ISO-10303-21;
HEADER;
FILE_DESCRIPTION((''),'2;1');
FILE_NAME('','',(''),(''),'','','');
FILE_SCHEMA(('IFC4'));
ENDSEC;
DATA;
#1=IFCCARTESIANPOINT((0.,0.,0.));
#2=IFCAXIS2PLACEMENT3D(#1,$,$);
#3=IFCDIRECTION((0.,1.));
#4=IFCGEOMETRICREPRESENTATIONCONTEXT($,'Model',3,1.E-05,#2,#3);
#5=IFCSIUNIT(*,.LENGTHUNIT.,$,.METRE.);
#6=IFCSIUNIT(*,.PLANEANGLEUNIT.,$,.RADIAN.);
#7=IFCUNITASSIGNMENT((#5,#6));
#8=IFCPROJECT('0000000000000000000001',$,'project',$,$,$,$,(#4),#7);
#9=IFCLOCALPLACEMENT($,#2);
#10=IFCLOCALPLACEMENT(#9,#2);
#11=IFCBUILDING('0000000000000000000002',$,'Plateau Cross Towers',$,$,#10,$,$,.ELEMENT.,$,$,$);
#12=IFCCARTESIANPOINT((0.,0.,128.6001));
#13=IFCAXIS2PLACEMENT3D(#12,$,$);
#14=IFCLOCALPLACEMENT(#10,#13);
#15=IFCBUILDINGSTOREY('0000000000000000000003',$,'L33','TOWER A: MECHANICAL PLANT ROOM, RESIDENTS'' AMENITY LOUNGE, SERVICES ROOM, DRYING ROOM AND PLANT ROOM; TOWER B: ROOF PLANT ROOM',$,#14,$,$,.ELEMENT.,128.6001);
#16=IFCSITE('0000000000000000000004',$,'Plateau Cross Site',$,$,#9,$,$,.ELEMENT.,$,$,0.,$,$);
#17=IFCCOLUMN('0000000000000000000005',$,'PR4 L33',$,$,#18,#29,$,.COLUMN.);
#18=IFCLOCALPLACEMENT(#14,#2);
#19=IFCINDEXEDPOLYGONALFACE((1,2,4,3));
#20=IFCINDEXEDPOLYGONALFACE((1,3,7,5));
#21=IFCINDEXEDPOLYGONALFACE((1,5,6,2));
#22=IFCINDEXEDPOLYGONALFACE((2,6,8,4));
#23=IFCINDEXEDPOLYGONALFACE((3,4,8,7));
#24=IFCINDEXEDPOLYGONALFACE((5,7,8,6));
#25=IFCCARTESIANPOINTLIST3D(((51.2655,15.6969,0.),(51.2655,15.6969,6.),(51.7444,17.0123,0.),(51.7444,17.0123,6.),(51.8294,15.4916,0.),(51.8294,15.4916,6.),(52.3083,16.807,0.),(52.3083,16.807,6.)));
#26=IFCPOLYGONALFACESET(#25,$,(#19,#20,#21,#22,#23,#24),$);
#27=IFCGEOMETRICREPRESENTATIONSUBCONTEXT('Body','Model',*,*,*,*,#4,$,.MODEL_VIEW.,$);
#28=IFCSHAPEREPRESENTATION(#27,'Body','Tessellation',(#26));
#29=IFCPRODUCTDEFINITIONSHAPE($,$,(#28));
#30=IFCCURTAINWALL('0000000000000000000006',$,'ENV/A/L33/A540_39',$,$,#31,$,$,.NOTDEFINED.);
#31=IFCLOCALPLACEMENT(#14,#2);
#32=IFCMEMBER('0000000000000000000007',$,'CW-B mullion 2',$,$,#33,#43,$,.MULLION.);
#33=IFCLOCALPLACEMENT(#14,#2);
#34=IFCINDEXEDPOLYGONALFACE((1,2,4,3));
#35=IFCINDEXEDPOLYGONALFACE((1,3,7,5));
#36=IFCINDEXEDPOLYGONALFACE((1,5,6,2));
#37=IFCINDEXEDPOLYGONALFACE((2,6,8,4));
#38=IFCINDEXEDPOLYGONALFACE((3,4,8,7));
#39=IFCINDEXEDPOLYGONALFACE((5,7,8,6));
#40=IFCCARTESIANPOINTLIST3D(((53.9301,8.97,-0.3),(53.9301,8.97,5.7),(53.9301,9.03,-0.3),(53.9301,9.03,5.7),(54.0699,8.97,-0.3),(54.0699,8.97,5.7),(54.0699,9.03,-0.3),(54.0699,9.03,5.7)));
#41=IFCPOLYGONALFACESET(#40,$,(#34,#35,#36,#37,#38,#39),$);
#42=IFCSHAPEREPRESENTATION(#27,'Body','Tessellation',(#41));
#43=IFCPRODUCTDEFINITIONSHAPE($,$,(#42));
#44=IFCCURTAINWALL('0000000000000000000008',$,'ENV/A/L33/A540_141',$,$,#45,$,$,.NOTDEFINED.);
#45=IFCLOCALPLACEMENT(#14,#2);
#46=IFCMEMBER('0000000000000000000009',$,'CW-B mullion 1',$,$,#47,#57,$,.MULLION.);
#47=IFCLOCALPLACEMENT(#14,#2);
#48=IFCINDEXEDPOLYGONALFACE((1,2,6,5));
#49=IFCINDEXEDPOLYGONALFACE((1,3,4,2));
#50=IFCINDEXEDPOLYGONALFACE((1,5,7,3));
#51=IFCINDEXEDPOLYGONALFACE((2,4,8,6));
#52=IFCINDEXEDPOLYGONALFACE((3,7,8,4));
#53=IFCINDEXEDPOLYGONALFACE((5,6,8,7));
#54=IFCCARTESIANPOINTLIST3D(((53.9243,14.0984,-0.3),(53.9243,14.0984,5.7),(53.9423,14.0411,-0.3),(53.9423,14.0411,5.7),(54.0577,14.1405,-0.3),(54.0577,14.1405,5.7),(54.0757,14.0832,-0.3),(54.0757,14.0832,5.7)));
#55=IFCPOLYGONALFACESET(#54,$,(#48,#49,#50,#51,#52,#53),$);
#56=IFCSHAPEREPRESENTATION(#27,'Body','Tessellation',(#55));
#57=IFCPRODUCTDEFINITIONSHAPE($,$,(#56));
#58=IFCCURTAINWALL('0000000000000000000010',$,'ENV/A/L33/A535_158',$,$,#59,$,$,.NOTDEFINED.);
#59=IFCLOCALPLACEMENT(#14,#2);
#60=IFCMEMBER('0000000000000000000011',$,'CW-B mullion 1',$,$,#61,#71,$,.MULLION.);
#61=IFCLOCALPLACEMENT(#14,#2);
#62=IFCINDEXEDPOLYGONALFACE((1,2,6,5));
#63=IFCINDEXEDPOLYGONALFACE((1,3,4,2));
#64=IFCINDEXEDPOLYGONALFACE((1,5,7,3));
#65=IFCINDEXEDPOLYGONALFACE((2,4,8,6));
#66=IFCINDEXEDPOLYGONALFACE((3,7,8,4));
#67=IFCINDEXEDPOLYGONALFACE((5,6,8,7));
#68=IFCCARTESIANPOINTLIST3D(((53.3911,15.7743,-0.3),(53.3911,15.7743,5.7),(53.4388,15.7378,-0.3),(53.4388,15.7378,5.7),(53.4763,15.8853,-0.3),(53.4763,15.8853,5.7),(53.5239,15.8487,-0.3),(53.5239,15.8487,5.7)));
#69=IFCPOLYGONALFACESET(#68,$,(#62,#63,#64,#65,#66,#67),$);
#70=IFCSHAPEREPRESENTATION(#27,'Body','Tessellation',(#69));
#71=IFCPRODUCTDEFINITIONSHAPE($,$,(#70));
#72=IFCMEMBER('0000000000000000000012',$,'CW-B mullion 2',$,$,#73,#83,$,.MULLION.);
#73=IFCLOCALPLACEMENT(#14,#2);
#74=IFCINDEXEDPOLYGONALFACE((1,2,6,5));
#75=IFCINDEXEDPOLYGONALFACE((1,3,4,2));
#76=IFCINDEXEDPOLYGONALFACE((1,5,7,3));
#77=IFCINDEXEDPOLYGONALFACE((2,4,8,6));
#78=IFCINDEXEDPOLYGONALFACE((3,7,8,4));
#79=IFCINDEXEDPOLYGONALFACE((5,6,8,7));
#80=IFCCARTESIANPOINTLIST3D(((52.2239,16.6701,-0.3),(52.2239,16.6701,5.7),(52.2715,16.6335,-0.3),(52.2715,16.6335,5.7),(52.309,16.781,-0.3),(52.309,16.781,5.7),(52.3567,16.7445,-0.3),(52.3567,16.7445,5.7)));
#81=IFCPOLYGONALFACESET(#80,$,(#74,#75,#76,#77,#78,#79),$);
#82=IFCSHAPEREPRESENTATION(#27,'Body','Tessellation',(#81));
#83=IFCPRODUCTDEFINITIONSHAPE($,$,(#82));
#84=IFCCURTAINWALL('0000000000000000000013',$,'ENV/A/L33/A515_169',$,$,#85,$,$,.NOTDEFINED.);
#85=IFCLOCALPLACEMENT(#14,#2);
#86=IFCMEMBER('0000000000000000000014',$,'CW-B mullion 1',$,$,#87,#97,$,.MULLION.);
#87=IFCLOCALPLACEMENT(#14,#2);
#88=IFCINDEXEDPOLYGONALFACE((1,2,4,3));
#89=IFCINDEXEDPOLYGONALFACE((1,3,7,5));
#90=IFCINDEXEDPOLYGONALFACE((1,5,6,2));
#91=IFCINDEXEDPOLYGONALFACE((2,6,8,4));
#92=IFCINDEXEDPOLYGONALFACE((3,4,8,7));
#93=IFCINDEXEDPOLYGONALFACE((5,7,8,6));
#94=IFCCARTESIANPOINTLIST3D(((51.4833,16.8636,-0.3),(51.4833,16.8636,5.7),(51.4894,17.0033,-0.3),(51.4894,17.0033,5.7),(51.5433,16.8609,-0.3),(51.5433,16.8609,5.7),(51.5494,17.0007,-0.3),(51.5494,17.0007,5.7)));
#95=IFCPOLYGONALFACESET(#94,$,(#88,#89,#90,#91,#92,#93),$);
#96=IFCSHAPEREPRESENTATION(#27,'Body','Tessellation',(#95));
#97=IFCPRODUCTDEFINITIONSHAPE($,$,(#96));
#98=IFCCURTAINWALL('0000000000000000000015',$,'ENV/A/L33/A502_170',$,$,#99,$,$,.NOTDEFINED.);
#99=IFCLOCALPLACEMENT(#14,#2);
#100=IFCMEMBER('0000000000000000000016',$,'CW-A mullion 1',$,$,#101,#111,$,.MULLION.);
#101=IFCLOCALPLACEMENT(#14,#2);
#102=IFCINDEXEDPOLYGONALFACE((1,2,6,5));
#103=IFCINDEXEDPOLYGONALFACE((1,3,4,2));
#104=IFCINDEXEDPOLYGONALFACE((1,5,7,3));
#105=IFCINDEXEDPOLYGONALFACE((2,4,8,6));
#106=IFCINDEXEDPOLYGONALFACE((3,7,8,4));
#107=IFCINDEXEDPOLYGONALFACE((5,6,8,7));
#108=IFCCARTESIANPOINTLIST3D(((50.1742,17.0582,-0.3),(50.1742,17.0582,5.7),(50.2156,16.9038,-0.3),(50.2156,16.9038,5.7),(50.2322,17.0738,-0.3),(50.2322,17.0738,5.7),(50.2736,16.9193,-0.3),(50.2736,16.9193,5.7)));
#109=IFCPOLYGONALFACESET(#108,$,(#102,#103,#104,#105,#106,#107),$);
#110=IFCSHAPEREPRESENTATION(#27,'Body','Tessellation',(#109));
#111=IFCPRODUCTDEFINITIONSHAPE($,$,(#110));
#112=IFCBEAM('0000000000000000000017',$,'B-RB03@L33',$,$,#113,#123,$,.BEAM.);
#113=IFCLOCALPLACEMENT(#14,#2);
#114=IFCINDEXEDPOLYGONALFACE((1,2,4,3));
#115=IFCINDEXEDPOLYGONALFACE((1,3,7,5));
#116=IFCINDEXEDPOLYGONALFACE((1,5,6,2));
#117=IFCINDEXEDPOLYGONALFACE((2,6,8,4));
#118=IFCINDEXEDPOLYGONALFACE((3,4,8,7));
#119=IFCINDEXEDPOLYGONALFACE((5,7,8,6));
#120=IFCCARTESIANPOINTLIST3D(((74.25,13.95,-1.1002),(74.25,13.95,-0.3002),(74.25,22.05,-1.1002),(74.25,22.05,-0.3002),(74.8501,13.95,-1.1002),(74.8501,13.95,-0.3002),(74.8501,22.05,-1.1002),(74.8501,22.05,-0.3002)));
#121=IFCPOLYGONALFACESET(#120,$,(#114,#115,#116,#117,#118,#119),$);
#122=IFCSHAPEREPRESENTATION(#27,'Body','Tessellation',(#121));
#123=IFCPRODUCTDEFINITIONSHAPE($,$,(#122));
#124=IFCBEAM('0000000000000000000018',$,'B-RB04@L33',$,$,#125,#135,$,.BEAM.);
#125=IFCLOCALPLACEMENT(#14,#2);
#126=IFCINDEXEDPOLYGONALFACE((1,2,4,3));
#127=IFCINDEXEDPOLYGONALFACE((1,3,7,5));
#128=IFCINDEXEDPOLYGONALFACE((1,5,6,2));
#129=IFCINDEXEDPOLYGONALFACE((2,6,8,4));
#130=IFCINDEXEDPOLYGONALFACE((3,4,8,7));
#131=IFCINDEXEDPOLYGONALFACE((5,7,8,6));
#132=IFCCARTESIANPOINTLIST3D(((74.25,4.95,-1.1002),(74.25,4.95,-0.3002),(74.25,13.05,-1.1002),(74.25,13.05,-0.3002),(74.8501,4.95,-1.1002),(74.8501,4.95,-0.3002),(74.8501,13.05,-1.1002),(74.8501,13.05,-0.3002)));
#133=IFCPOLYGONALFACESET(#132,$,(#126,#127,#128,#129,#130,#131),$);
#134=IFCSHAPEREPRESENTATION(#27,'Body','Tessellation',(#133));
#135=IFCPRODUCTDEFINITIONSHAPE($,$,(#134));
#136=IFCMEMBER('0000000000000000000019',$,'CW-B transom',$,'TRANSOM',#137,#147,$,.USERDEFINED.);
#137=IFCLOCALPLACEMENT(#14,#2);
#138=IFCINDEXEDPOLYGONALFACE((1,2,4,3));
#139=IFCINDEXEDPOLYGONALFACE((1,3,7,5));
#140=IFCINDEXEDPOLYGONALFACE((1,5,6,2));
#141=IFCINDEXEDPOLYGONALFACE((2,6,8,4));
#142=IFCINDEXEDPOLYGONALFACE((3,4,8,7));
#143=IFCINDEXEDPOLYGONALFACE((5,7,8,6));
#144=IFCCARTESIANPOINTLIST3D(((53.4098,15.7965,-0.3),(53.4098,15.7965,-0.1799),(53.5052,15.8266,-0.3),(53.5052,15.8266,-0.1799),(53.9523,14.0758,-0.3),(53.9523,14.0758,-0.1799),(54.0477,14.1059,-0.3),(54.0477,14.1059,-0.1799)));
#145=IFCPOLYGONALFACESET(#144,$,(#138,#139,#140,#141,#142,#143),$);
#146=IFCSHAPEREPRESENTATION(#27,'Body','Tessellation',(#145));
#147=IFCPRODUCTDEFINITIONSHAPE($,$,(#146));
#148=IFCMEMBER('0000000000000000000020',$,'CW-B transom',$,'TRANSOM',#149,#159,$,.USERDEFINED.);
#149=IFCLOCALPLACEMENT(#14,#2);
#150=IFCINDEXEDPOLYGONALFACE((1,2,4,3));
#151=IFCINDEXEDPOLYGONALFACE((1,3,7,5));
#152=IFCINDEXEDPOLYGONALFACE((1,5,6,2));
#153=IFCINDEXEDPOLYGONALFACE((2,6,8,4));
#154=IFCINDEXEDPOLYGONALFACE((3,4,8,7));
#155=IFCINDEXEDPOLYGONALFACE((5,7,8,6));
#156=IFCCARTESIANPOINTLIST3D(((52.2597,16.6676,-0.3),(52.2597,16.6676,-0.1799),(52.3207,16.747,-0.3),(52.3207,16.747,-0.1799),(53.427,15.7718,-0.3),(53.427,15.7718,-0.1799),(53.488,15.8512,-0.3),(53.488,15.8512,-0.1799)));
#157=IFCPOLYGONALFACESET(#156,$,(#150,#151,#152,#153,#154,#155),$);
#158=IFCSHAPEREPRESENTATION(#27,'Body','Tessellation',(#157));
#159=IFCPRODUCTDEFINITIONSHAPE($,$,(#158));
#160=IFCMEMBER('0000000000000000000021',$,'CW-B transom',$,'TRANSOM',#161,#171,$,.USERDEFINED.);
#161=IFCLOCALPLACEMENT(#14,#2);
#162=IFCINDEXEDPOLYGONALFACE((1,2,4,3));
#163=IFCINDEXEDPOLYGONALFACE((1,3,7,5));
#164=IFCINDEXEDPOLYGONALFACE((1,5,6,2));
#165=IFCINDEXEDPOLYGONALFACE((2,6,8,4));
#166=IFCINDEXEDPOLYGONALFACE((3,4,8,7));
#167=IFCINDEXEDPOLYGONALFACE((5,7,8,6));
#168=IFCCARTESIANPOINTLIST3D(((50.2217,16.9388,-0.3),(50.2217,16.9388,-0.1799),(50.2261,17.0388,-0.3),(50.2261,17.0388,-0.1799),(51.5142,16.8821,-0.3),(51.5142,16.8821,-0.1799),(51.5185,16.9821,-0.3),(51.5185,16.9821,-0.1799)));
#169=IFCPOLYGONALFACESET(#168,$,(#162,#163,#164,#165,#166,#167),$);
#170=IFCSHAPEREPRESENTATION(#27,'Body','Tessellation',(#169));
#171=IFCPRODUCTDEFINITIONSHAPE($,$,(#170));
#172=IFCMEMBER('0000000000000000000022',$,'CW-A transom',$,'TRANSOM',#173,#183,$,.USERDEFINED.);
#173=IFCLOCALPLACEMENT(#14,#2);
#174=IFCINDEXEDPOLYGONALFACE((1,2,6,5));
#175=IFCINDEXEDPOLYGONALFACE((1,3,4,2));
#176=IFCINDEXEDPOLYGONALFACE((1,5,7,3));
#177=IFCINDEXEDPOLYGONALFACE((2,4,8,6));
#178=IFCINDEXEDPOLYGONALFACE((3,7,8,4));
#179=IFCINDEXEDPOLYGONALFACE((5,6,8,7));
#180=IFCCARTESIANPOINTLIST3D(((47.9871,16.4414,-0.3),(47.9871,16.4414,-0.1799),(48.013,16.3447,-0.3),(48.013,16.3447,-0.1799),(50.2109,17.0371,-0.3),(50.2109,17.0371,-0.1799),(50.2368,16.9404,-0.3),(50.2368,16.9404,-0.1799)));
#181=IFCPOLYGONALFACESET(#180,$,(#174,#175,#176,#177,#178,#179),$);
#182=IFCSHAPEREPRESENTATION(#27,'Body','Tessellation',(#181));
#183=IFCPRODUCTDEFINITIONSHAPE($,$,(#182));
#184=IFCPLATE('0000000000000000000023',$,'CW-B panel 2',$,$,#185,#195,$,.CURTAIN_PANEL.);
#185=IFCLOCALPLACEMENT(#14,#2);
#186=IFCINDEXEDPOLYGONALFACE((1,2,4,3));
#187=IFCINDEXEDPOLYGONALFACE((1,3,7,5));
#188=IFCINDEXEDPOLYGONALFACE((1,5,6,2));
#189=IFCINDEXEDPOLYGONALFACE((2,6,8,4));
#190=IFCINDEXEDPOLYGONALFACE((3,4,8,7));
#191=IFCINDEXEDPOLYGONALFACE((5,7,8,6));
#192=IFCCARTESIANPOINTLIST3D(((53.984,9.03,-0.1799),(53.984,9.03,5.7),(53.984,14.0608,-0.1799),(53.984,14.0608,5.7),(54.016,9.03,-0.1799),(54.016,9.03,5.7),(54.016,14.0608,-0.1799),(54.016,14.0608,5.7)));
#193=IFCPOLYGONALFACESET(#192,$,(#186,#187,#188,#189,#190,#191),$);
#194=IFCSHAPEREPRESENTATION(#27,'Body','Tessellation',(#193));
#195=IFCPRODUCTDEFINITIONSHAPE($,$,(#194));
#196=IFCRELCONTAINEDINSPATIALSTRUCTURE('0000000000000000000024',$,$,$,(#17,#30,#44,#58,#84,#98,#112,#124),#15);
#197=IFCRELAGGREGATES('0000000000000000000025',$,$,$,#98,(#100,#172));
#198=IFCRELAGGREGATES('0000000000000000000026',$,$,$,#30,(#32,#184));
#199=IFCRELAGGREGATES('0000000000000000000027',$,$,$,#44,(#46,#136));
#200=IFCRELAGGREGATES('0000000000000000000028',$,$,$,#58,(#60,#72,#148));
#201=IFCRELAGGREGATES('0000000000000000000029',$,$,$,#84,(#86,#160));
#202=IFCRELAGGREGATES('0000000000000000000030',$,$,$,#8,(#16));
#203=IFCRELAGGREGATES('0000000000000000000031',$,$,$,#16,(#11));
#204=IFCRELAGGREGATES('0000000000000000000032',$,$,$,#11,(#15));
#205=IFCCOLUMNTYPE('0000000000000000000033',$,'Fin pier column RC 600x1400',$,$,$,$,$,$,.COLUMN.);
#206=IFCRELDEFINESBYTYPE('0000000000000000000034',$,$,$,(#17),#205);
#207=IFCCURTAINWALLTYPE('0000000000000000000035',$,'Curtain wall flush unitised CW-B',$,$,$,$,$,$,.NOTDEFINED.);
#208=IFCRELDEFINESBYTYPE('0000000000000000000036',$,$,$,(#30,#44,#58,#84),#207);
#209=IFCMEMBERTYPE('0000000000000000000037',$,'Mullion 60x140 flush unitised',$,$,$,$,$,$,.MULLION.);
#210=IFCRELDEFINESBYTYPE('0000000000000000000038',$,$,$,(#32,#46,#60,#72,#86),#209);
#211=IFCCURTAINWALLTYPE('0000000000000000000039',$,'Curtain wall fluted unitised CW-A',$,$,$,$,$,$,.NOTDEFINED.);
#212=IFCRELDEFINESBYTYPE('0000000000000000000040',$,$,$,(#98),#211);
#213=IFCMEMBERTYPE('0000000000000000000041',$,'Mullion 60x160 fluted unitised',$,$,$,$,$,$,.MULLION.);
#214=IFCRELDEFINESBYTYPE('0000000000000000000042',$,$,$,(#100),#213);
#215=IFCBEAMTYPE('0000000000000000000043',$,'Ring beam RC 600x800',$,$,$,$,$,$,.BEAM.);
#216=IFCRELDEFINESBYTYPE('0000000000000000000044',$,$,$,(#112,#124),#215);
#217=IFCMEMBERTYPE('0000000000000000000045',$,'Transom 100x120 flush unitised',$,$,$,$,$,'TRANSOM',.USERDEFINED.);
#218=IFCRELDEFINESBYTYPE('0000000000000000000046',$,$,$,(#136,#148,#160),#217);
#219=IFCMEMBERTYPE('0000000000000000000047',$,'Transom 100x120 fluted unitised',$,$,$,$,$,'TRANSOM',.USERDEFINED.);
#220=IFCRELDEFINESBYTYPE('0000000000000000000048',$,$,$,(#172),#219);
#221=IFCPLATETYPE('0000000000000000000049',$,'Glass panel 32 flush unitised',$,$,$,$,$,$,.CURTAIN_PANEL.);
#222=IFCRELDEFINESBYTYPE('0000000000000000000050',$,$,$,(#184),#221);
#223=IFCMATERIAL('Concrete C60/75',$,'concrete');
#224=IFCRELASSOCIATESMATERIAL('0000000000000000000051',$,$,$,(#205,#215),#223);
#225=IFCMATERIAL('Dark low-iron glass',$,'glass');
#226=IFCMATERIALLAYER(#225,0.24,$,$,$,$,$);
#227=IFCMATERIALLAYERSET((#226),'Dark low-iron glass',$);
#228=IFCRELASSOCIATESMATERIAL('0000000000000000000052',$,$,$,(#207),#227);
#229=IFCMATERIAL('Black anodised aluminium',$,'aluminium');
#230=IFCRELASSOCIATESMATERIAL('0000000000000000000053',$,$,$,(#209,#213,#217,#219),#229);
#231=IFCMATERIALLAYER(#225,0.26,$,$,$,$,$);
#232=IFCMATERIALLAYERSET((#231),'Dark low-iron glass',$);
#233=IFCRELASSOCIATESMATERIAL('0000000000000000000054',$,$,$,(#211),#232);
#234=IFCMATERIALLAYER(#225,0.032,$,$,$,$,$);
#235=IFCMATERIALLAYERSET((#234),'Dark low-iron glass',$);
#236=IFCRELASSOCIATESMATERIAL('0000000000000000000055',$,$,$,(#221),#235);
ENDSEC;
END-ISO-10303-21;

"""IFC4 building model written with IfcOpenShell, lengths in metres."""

from ifc_helpers import new_model, si_unit, direction, frame, origin, origin_2d, place, context, subcontext, project, spatial, rectangle, extrude, material, layer, layer_set, material_profile, profile_set, type_object, element, aggregate, save


model = new_model("IFC4")

# Units and contexts
model_context = context("Model", 3, precision=1e-05, world=origin(), true_north=direction((0.0, 1.0)))
body_context = subcontext(model_context, "Body", "Model", "MODEL_VIEW")
ifc_project = project(units=[si_unit("LENGTHUNIT", "METRE"), si_unit("PLANEANGLEUNIT", "RADIAN")], contexts=[model_context])

# Site, building, storey
site_placement = place(None, origin())
site = spatial("IfcSite", under=ifc_project, at=site_placement, Name="Plateau Cross Site", CompositionType="ELEMENT", RefElevation=0.0)
building_placement = place(site_placement, origin())
building = spatial("IfcBuilding", under=site, at=building_placement, Name="Plateau Cross Towers", CompositionType="ELEMENT")
storey_placement = place(building_placement, frame((0.0, 0.0, 128.6001)))
storey = spatial("IfcBuildingStorey", under=building, at=storey_placement, Name="L33", Description="TOWER A: MECHANICAL PLANT ROOM, RESIDENTS' AMENITY LOUNGE, SERVICES ROOM, DRYING ROOM AND PLANT ROOM; TOWER B: ROOF PLANT ROOM", CompositionType="ELEMENT", Elevation=128.6001)

# Column
ifc_material_1 = material(Name="Concrete C60/75", Category="concrete")
ifc_material_profile_1 = material_profile(ifc_material_1, rectangle(XDim=0.6001, YDim=1.3999, at=origin_2d()), Name="RC 600x1400")
ifc_profile_set_1 = profile_set([ifc_material_profile_1], Name="Concrete C60/75")
column_type = type_object("IfcColumnType", Name="Fin pier column RC 600x1400", PredefinedType="COLUMN", material=ifc_profile_set_1)
column_placement = place(storey_placement, frame((51.7869, 16.252, 0.0), z_axis=(0.0, 0.0, 1.0), x_axis=(-0.939664, 0.342098, 0.0)))
element("IfcColumn", 1, at=column_placement, inside=storey, type_object=column_type, Name="PR4 L33", PredefinedType="COLUMN", context=body_context, shape_type="SweptSolid", body=[
    extrude(rectangle(XDim=0.6001, YDim=1.3999, at=origin_2d()), origin(), (0.0, 0.0, 1.0), 6.0),
])

# Curtain walls, members
ifc_material_2 = material(Name="Dark low-iron glass", Category="glass")
ifc_layer_1 = layer(ifc_material_2, 0.24)
ifc_layer_set_1 = layer_set([ifc_layer_1], Name="Dark low-iron glass")
curtain_wall_type_1 = type_object("IfcCurtainWallType", Name="Curtain wall flush unitised CW-B", PredefinedType="NOTDEFINED", material=ifc_layer_set_1)
curtain_wall_1_placement = place(storey_placement, origin())
curtain_wall_1 = element("IfcCurtainWall", 2, at=curtain_wall_1_placement, inside=storey, type_object=curtain_wall_type_1, Name="ENV/A/L33/A540_39", PredefinedType="NOTDEFINED")
ifc_material_3 = material(Name="Black anodised aluminium", Category="aluminium")
ifc_material_profile_2 = material_profile(ifc_material_3, rectangle(XDim=0.0601, YDim=0.1399, at=origin_2d()), Name="MULLION 60x140")
ifc_profile_set_2 = profile_set([ifc_material_profile_2], Name="Black anodised aluminium")
member_type_1 = type_object("IfcMemberType", Name="Mullion 60x140 flush unitised", PredefinedType="MULLION", material=ifc_profile_set_2)
member_1_placement = place(storey_placement, frame((54.0, 9.0, -0.3), z_axis=(0.0, 0.0, 1.0), x_axis=(0.0, 1.0, 0.0)))
member_1 = element("IfcMember", 3, at=member_1_placement, type_object=member_type_1, Name="CW-B mullion 2", PredefinedType="MULLION", context=body_context, shape_type="SweptSolid", body=[
    extrude(rectangle(XDim=0.0601, YDim=0.1399, at=origin_2d()), origin(), (0.0, 0.0, 1.0), 6.0),
])
curtain_wall_2_placement = place(storey_placement, origin())
curtain_wall_2 = element("IfcCurtainWall", 4, at=curtain_wall_2_placement, inside=storey, type_object=curtain_wall_type_1, Name="ENV/A/L33/A540_141", PredefinedType="NOTDEFINED")
member_2_placement = place(storey_placement, frame((54.0, 14.0908, -0.3), z_axis=(0.0, 0.0, 1.0), x_axis=(-0.300686, 0.953723, 0.0)))
member_2 = element("IfcMember", 5, at=member_2_placement, type_object=member_type_1, Name="CW-B mullion 1", PredefinedType="MULLION", context=body_context, shape_type="SweptSolid", body=[
    extrude(rectangle(XDim=0.0601, YDim=0.1399, at=origin_2d()), origin(), (0.0, 0.0, 1.0), 6.0),
])

# Curtain wall, members
curtain_wall_3_placement = place(storey_placement, origin())
curtain_wall_3 = element("IfcCurtainWall", 6, at=curtain_wall_3_placement, inside=storey, type_object=curtain_wall_type_1, Name="ENV/A/L33/A535_158", PredefinedType="NOTDEFINED")
member_3_placement = place(storey_placement, frame((53.4575, 15.8115, -0.3), z_axis=(0.0, 0.0, 1.0), x_axis=(-0.793316, 0.608811, 0.0)))
member_3 = element("IfcMember", 7, at=member_3_placement, type_object=member_type_1, Name="CW-B mullion 1", PredefinedType="MULLION", context=body_context, shape_type="SweptSolid", body=[
    extrude(rectangle(XDim=0.0601, YDim=0.1399, at=origin_2d()), origin(), (0.0, 0.0, 1.0), 6.0),
])
member_4_placement = place(storey_placement, frame((52.2903, 16.7073, -0.3), z_axis=(0.0, 0.0, 1.0), x_axis=(-0.793316, 0.608811, 0.0)))
member_4 = element("IfcMember", 8, at=member_4_placement, type_object=member_type_1, Name="CW-B mullion 2", PredefinedType="MULLION", context=body_context, shape_type="SweptSolid", body=[
    extrude(rectangle(XDim=0.0601, YDim=0.1399, at=origin_2d()), origin(), (0.0, 0.0, 1.0), 6.0),
])

# Curtain walls, members
curtain_wall_4_placement = place(storey_placement, origin())
curtain_wall_4 = element("IfcCurtainWall", 9, at=curtain_wall_4_placement, inside=storey, type_object=curtain_wall_type_1, Name="ENV/A/L33/A515_169", PredefinedType="NOTDEFINED")
member_5_placement = place(storey_placement, frame((51.5164, 16.9321, -0.3), z_axis=(0.0, 0.0, 1.0), x_axis=(-0.999044, 0.043723, 0.0)))
member_5 = element("IfcMember", 10, at=member_5_placement, type_object=member_type_1, Name="CW-B mullion 1", PredefinedType="MULLION", context=body_context, shape_type="SweptSolid", body=[
    extrude(rectangle(XDim=0.0601, YDim=0.1399, at=origin_2d()), origin(), (0.0, 0.0, 1.0), 6.0),
])
ifc_layer_2 = layer(ifc_material_2, 0.26)
ifc_layer_set_2 = layer_set([ifc_layer_2], Name="Dark low-iron glass")
curtain_wall_type_2 = type_object("IfcCurtainWallType", Name="Curtain wall fluted unitised CW-A", PredefinedType="NOTDEFINED", material=ifc_layer_set_2)
curtain_wall_5_placement = place(storey_placement, origin())
curtain_wall_5 = element("IfcCurtainWall", 11, at=curtain_wall_5_placement, inside=storey, type_object=curtain_wall_type_2, Name="ENV/A/L33/A502_170", PredefinedType="NOTDEFINED")
ifc_material_profile_3 = material_profile(ifc_material_3, rectangle(XDim=0.0601, YDim=0.1599, at=origin_2d()), Name="MULLION 60x160")
ifc_profile_set_3 = profile_set([ifc_material_profile_3], Name="Black anodised aluminium")
member_type_2 = type_object("IfcMemberType", Name="Mullion 60x160 fluted unitised", PredefinedType="MULLION", material=ifc_profile_set_3)
member_6_placement = place(storey_placement, frame((50.2239, 16.9888, -0.3), z_axis=(0.0, 0.0, 1.0), x_axis=(-0.965958, -0.258699, 0.0)))
member_6 = element("IfcMember", 12, at=member_6_placement, type_object=member_type_2, Name="CW-A mullion 1", PredefinedType="MULLION", context=body_context, shape_type="SweptSolid", body=[
    extrude(rectangle(XDim=0.0601, YDim=0.1599, at=origin_2d()), origin(), (0.0, 0.0, 1.0), 6.0),
])

# Beams
ifc_material_profile_4 = material_profile(ifc_material_1, rectangle(XDim=0.6001, YDim=0.8, at=origin_2d()), Name="RC 600x800")
ifc_profile_set_4 = profile_set([ifc_material_profile_4], Name="Concrete C60/75")
beam_type = type_object("IfcBeamType", Name="Ring beam RC 600x800", PredefinedType="BEAM", material=ifc_profile_set_4)
for number, where, z_axis, x_axis, name in (
    (13, (74.55, 22.05, -0.7002), (0.0, -1.0, 0.0), (1.0, 0.0, 0.0), "B-RB03@L33"),
    (14, (74.55, 13.05, -0.7002), (0.0, -1.0, 0.0), (1.0, 0.0, 0.0), "B-RB04@L33"),
):
    element("IfcBeam", number, at=place(storey_placement, frame(where, z_axis=z_axis, x_axis=x_axis)), inside=storey, type_object=beam_type, Name=name, PredefinedType="BEAM", context=body_context, shape_type="SweptSolid", body=[
        extrude(rectangle(XDim=0.6001, YDim=0.8, at=origin_2d()), origin(), (0.0, 0.0, 1.0), 8.1001),
    ])

# Members
ifc_material_profile_5 = material_profile(ifc_material_3, rectangle(XDim=0.1001, YDim=0.1201, at=origin_2d()), Name="TRANSOM 100x120")
ifc_profile_set_5 = profile_set([ifc_material_profile_5], Name="Black anodised aluminium")
member_type_3 = type_object("IfcMemberType", Name="Transom 100x120 flush unitised", ElementType="TRANSOM", PredefinedType="USERDEFINED", material=ifc_profile_set_5)
member_7_placement = place(storey_placement, frame((54.0, 14.0908, -0.24), z_axis=(-0.300678, 0.953726, 0.0), x_axis=(-0.953726, -0.300678, 0.0)))
member_7 = element("IfcMember", 15, at=member_7_placement, type_object=member_type_3, Name="CW-B transom", ObjectType="TRANSOM", PredefinedType="USERDEFINED", context=body_context, shape_type="SweptSolid", body=[
    extrude(rectangle(XDim=0.1001, YDim=0.1201, at=origin_2d()), origin(), (0.0, 0.0, 1.0), 1.8042),
])
member_8_placement = place(storey_placement, frame((53.4575, 15.8115, -0.24), z_axis=(-0.793321, 0.608804, 0.0), x_axis=(-0.608804, -0.793321, 0.0)))
member_8 = element("IfcMember", 16, at=member_8_placement, type_object=member_type_3, Name="CW-B transom", ObjectType="TRANSOM", PredefinedType="USERDEFINED", context=body_context, shape_type="SweptSolid", body=[
    extrude(rectangle(XDim=0.1001, YDim=0.1201, at=origin_2d()), origin(), (0.0, 0.0, 1.0), 1.4714),
])
member_9_placement = place(storey_placement, frame((51.5164, 16.9321, -0.24), z_axis=(-0.999041, 0.043781, 0.0), x_axis=(-0.043781, -0.999041, 0.0)))
member_9 = element("IfcMember", 17, at=member_9_placement, type_object=member_type_3, Name="CW-B transom", ObjectType="TRANSOM", PredefinedType="USERDEFINED", context=body_context, shape_type="SweptSolid", body=[
    extrude(rectangle(XDim=0.1001, YDim=0.1201, at=origin_2d()), origin(), (0.0, 0.0, 1.0), 1.2937),
])
ifc_material_profile_6 = material_profile(ifc_material_3, rectangle(XDim=0.1001, YDim=0.1201, at=origin_2d()), Name="TRANSOM 100x120")
ifc_profile_set_6 = profile_set([ifc_material_profile_6], Name="Black anodised aluminium")
member_type_4 = type_object("IfcMemberType", Name="Transom 100x120 fluted unitised", ElementType="TRANSOM", PredefinedType="USERDEFINED", material=ifc_profile_set_6)
member_10_placement = place(storey_placement, frame((50.2239, 16.9888, -0.24), z_axis=(-0.965946, -0.258745, 0.0), x_axis=(0.258745, -0.965946, 0.0)))
member_10 = element("IfcMember", 18, at=member_10_placement, type_object=member_type_4, Name="CW-A transom", ObjectType="TRANSOM", PredefinedType="USERDEFINED", context=body_context, shape_type="SweptSolid", body=[
    extrude(rectangle(XDim=0.1001, YDim=0.1201, at=origin_2d()), origin(), (0.0, 0.0, 1.0), 2.3022),
])
aggregate(curtain_wall_5, [member_6, member_10])

# Plate
ifc_layer_3 = layer(ifc_material_2, 0.032)
ifc_layer_set_3 = layer_set([ifc_layer_3], Name="Dark low-iron glass")
plate_type = type_object("IfcPlateType", Name="Glass panel 32 flush unitised", PredefinedType="CURTAIN_PANEL", material=ifc_layer_set_3)
plate_1_placement = place(storey_placement, frame((54.0, 11.5454, -0.1799), z_axis=(0.0, 0.0, 1.0), x_axis=(0.0, 1.0, 0.0)))
plate_1 = element("IfcPlate", 19, at=plate_1_placement, type_object=plate_type, Name="CW-B panel 2", PredefinedType="CURTAIN_PANEL", context=body_context, shape_type="SweptSolid", body=[
    extrude(rectangle(XDim=5.0308, YDim=0.032, at=origin_2d()), origin(), (0.0, 0.0, 1.0), 5.8799),
])
aggregate(curtain_wall_1, [member_1, plate_1])
aggregate(curtain_wall_2, [member_2, member_7])
aggregate(curtain_wall_3, [member_3, member_4, member_8])
aggregate(curtain_wall_4, [member_5, member_9])

save(model, "model.ifc")
